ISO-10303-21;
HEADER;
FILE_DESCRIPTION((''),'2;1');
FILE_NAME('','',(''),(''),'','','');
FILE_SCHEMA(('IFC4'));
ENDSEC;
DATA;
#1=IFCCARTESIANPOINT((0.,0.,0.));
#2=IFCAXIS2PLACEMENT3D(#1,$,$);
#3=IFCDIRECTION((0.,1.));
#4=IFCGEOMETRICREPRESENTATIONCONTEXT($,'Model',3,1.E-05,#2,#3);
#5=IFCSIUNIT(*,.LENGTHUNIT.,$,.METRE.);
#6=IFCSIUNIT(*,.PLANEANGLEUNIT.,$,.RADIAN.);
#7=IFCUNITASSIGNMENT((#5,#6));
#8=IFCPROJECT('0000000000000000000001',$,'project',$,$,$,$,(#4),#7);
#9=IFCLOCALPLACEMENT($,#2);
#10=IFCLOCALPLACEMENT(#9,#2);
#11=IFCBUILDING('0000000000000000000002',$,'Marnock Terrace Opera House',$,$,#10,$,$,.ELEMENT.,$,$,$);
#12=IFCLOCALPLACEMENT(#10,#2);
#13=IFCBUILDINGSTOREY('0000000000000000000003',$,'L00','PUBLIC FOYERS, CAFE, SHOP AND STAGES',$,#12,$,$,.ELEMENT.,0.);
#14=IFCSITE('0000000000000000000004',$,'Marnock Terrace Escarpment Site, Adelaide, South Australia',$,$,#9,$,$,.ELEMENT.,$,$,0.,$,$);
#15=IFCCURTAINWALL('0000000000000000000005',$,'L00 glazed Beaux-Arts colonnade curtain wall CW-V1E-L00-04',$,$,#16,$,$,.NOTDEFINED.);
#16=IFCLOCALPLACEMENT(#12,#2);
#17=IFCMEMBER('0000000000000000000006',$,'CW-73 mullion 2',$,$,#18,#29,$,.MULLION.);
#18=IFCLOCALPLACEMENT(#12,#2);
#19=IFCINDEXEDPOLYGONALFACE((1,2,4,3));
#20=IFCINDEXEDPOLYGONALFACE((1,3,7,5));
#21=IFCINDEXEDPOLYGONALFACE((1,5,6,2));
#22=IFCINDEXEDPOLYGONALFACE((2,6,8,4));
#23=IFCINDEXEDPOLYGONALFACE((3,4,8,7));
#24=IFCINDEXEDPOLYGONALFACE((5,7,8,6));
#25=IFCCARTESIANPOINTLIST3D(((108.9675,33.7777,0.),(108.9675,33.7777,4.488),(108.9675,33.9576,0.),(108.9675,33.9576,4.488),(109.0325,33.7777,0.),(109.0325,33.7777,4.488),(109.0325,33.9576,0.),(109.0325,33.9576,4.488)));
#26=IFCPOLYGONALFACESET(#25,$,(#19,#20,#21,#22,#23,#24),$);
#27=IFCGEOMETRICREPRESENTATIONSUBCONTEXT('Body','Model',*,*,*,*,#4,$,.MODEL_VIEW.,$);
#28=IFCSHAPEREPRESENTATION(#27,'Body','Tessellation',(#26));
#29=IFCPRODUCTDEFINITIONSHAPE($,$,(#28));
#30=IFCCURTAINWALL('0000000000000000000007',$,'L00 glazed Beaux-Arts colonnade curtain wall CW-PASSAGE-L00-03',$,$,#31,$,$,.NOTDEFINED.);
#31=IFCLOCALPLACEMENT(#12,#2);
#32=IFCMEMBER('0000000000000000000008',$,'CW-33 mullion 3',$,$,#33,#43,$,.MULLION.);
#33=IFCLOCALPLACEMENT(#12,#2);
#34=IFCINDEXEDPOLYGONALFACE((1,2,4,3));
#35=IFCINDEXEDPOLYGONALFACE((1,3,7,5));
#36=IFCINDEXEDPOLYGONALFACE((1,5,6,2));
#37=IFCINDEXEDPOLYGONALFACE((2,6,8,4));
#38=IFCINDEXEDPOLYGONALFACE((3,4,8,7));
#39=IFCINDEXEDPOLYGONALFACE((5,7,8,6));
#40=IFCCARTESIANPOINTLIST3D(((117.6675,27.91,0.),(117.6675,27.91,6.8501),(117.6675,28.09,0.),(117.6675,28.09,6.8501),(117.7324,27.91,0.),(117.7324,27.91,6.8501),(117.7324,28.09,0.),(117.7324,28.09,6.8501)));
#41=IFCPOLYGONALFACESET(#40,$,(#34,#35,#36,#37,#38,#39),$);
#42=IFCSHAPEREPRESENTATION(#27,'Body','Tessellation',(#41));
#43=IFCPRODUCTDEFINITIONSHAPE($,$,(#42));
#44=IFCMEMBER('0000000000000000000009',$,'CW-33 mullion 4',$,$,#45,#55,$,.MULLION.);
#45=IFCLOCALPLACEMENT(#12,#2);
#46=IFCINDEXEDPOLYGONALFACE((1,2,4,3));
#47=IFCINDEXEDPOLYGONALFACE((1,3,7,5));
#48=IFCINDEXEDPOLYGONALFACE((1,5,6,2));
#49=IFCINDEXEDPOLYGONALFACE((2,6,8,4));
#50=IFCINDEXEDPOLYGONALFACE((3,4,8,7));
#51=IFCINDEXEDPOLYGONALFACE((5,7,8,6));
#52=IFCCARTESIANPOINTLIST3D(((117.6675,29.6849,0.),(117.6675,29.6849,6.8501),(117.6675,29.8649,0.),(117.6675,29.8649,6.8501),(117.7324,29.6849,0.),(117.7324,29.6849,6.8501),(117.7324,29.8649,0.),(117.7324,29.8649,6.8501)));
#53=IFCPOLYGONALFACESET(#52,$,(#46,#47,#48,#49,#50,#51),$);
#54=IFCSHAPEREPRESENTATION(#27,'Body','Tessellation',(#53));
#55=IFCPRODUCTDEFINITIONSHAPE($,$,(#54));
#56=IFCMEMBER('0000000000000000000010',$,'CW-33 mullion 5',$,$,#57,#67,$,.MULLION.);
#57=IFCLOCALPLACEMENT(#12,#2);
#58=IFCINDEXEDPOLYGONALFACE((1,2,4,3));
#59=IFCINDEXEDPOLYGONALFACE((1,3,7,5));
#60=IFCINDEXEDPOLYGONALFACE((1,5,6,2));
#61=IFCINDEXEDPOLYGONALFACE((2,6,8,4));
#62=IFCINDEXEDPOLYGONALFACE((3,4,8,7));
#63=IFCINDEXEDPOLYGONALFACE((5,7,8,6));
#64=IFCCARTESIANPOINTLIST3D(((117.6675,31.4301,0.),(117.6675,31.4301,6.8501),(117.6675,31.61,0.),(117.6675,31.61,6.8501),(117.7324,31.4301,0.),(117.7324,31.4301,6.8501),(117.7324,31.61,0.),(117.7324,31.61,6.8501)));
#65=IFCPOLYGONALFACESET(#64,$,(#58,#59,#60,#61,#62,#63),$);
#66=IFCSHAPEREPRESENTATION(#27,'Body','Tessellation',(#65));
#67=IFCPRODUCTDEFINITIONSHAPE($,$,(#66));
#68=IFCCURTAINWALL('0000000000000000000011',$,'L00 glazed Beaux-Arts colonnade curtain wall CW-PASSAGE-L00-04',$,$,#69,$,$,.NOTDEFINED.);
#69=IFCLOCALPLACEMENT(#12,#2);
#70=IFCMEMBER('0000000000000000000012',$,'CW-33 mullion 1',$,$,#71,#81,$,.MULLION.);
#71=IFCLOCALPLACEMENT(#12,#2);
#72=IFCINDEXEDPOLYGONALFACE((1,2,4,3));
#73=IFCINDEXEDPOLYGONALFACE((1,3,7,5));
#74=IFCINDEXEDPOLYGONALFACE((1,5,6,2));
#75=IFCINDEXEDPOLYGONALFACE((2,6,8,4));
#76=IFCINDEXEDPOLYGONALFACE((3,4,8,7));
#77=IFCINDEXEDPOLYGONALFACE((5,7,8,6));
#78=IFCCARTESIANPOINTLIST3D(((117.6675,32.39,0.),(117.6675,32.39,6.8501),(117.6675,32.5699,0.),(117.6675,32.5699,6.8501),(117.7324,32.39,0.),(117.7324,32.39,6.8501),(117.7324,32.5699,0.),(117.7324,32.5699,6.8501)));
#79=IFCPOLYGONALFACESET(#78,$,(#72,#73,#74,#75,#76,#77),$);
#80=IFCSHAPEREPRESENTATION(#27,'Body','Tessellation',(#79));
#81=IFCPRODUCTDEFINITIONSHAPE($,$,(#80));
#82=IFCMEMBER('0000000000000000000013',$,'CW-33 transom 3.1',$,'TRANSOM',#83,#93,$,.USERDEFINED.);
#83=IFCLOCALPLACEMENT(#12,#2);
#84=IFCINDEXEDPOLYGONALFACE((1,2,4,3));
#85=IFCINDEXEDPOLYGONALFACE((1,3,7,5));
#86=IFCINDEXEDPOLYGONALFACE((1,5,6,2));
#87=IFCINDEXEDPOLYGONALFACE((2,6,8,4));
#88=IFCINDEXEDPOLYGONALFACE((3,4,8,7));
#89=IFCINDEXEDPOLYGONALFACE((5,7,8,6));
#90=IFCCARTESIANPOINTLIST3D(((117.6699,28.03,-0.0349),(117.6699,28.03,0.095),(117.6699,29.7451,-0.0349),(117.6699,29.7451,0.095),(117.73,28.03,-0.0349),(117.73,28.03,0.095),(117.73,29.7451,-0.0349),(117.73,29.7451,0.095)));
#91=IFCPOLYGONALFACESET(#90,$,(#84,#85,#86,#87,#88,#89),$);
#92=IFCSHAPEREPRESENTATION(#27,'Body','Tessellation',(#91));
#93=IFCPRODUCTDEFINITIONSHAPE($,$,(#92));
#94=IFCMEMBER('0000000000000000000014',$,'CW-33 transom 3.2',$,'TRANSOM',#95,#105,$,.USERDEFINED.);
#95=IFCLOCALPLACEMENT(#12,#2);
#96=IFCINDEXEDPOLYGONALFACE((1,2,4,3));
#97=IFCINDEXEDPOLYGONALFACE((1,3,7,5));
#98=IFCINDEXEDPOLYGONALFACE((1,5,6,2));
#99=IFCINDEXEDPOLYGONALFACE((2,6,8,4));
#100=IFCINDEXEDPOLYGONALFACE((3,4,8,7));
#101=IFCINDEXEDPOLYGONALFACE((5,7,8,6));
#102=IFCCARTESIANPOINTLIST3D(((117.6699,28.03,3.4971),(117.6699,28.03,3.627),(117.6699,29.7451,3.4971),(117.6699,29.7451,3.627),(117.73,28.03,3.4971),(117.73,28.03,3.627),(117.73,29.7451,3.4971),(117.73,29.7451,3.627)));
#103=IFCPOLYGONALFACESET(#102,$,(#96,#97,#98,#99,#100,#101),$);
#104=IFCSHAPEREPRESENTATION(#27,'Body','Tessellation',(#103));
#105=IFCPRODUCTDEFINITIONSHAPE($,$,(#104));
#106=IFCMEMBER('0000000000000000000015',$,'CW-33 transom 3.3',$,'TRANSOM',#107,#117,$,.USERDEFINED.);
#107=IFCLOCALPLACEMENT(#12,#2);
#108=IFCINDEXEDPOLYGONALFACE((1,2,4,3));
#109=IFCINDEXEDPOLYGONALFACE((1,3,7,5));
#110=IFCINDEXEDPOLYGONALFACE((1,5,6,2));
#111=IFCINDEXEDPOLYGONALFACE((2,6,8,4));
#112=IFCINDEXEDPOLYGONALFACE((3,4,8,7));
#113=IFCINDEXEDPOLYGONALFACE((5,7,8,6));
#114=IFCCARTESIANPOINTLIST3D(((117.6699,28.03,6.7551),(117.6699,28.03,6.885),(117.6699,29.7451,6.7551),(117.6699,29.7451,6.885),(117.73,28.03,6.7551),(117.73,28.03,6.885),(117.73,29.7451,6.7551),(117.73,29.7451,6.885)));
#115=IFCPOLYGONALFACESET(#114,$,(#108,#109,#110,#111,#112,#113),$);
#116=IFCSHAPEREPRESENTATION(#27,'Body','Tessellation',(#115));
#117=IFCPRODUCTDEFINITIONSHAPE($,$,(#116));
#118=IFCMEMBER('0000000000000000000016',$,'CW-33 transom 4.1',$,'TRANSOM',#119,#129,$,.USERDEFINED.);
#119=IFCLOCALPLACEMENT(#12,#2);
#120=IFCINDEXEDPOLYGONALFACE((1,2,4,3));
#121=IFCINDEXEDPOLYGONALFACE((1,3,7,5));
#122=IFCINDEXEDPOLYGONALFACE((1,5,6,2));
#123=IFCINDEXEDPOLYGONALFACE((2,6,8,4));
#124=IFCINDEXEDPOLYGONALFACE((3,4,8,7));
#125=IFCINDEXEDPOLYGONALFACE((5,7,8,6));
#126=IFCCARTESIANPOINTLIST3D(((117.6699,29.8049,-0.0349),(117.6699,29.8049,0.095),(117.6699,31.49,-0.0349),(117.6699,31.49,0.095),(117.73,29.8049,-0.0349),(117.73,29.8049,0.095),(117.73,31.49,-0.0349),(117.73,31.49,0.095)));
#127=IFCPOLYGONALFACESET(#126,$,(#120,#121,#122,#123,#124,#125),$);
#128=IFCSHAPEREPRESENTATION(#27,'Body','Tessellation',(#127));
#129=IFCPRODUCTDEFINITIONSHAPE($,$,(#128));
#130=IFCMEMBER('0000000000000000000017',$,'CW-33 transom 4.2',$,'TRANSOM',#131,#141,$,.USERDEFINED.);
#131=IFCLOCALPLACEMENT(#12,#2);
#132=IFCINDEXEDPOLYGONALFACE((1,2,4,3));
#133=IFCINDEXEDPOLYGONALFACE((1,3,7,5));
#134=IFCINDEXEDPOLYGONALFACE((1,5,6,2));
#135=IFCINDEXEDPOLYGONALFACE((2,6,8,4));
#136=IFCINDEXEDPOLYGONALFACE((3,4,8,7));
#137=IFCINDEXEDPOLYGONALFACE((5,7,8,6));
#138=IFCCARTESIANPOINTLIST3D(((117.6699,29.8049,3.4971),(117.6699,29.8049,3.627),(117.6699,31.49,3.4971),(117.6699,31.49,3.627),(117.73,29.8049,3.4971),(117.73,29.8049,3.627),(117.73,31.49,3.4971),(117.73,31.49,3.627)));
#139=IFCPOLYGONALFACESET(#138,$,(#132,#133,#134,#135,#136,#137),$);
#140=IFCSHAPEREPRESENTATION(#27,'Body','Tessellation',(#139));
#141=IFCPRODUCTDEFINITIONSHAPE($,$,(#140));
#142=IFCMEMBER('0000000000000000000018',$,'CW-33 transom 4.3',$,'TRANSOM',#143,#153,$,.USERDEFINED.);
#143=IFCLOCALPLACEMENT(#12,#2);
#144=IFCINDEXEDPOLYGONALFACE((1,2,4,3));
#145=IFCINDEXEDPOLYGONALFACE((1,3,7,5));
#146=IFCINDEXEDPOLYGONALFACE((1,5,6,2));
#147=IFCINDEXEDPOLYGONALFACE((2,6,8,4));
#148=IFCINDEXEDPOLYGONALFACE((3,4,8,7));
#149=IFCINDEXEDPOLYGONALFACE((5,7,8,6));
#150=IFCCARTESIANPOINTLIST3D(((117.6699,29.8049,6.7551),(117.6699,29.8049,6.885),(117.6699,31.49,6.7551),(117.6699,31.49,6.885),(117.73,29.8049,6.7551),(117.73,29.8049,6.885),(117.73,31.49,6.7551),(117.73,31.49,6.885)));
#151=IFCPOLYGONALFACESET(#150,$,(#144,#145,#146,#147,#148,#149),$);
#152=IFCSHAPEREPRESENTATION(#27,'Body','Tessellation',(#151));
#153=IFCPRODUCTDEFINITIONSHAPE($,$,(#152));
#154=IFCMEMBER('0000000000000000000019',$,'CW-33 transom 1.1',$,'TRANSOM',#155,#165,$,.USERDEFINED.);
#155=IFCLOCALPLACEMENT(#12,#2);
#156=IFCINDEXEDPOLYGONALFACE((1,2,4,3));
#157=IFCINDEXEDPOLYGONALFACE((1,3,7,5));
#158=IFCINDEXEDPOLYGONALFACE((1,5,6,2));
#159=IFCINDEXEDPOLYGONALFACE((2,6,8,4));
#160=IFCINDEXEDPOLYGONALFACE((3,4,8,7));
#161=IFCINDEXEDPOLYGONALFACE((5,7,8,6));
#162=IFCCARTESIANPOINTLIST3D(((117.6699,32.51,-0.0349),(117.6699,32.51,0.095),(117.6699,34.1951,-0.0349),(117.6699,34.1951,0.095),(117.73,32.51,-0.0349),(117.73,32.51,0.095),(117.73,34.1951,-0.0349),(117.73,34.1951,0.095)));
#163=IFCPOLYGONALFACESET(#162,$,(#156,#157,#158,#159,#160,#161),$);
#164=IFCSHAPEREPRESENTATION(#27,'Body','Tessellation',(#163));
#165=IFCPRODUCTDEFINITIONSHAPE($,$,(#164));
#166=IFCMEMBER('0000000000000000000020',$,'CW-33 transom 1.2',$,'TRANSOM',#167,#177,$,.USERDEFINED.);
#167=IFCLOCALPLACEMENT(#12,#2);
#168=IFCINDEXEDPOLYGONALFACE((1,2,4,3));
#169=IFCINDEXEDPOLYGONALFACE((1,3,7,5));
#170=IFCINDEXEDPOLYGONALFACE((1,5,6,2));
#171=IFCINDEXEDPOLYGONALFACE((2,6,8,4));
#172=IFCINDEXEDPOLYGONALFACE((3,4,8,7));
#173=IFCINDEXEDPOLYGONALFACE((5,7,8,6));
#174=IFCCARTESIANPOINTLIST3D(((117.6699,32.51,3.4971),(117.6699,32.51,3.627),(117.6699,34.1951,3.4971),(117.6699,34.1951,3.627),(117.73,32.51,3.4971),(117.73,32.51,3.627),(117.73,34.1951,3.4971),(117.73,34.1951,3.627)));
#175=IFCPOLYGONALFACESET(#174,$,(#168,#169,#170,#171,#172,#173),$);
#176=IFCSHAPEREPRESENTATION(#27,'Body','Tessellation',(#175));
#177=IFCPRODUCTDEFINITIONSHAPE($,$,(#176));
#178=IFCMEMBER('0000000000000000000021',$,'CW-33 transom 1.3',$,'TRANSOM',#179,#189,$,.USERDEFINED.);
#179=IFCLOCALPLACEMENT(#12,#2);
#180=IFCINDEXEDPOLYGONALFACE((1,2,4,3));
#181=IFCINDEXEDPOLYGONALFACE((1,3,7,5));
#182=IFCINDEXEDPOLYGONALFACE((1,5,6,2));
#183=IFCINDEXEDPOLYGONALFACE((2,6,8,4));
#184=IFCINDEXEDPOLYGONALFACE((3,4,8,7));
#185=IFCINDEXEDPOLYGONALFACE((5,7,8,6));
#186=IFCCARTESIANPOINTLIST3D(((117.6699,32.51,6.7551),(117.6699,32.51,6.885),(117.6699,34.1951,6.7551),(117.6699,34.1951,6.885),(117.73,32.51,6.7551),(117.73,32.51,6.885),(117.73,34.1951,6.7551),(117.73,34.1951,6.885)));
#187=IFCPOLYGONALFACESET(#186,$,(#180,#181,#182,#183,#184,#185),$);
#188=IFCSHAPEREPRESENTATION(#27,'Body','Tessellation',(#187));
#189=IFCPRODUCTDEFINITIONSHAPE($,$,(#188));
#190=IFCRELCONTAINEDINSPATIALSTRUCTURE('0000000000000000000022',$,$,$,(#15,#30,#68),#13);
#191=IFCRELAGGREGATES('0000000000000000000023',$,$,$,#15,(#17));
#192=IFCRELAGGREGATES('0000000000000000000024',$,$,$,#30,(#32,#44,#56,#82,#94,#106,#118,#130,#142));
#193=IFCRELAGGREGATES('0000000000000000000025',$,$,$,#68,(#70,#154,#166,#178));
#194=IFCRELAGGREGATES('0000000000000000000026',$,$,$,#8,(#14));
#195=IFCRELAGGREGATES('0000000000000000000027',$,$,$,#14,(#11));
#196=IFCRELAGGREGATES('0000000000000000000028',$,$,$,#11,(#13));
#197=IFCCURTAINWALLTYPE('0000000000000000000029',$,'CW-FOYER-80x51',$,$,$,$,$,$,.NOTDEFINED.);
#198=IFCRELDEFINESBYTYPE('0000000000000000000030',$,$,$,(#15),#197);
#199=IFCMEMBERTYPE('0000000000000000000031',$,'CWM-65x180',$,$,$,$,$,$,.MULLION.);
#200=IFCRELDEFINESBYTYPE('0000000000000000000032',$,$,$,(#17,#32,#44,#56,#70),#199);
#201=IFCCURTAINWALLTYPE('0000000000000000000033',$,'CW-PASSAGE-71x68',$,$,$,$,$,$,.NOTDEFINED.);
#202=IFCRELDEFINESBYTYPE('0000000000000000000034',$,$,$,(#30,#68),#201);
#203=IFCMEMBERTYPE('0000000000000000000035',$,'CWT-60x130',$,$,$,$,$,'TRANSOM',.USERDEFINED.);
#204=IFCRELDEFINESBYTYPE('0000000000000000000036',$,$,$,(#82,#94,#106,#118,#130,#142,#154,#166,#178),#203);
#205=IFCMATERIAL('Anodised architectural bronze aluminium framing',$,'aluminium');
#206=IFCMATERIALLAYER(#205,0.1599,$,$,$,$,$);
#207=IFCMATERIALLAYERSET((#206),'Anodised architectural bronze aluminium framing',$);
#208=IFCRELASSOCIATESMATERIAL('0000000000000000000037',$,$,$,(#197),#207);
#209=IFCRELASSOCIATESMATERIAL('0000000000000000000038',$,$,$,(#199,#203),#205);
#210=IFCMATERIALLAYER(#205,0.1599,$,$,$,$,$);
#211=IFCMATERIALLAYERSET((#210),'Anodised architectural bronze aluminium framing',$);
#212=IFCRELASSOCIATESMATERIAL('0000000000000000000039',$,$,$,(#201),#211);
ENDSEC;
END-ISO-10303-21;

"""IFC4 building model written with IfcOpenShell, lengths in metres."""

from ifc_helpers import new_model, si_unit, direction, frame, origin, origin_2d, place, context, subcontext, project, spatial, rectangle, extrude, material, layer, layer_set, material_profile, profile_set, type_object, element, aggregate, save


model = new_model("IFC4")

# Units and contexts
model_context = context("Model", 3, precision=1e-05, world=origin(), true_north=direction((0.0, 1.0)))
body_context = subcontext(model_context, "Body", "Model", "MODEL_VIEW")
ifc_project = project(units=[si_unit("LENGTHUNIT", "METRE"), si_unit("PLANEANGLEUNIT", "RADIAN")], contexts=[model_context])

# Site, building, storey
site_placement = place(None, origin())
site = spatial("IfcSite", under=ifc_project, at=site_placement, Name="Marnock Terrace Escarpment Site, Adelaide, South Australia", CompositionType="ELEMENT", RefElevation=0.0)
building_placement = place(site_placement, origin())
building = spatial("IfcBuilding", under=site, at=building_placement, Name="Marnock Terrace Opera House", CompositionType="ELEMENT")
storey_placement = place(building_placement, origin())
storey = spatial("IfcBuildingStorey", under=building, at=storey_placement, Name="L00", Description="PUBLIC FOYERS, CAFE, SHOP AND STAGES", CompositionType="ELEMENT", Elevation=0.0)

# Curtain wall, member
ifc_material_1 = material(Name="Anodised architectural bronze aluminium framing", Category="aluminium")
ifc_layer_1 = layer(ifc_material_1, 0.1599)
ifc_layer_set_1 = layer_set([ifc_layer_1], Name="Anodised architectural bronze aluminium framing")
curtain_wall_type_1 = type_object("IfcCurtainWallType", Name="CW-FOYER-80x51", PredefinedType="NOTDEFINED", material=ifc_layer_set_1)
curtain_wall_1_placement = place(storey_placement, origin())
curtain_wall_1 = element("IfcCurtainWall", 1, at=curtain_wall_1_placement, inside=storey, type_object=curtain_wall_type_1, Name="L00 glazed Beaux-Arts colonnade curtain wall CW-V1E-L00-04", PredefinedType="NOTDEFINED")
ifc_material_profile_1 = material_profile(ifc_material_1, rectangle(XDim=0.0649, YDim=0.1799, at=origin_2d()))
ifc_profile_set_1 = profile_set([ifc_material_profile_1], Name="Anodised architectural bronze aluminium framing")
member_type_1 = type_object("IfcMemberType", Name="CWM-65x180", PredefinedType="MULLION", material=ifc_profile_set_1)
member_1_placement = place(storey_placement, frame((109.0, 33.8677, 0.0), z_axis=(0.0, 0.0, 1.0), x_axis=(-1.0, 0.0, 0.0)))
member_1 = element("IfcMember", 2, at=member_1_placement, type_object=member_type_1, Name="CW-73 mullion 2", PredefinedType="MULLION", context=body_context, shape_type="SweptSolid", body=[
    extrude(rectangle(XDim=0.0649, YDim=0.1799, at=origin_2d()), origin(), (0.0, 0.0, 1.0), 4.488),
])

# Curtain wall, members
ifc_layer_2 = layer(ifc_material_1, 0.1599)
ifc_layer_set_2 = layer_set([ifc_layer_2], Name="Anodised architectural bronze aluminium framing")
curtain_wall_type_2 = type_object("IfcCurtainWallType", Name="CW-PASSAGE-71x68", PredefinedType="NOTDEFINED", material=ifc_layer_set_2)
curtain_wall_2_placement = place(storey_placement, origin())
curtain_wall_2 = element("IfcCurtainWall", 3, at=curtain_wall_2_placement, inside=storey, type_object=curtain_wall_type_2, Name="L00 glazed Beaux-Arts colonnade curtain wall CW-PASSAGE-L00-03", PredefinedType="NOTDEFINED")
member_2_placement = place(storey_placement, frame((117.7, 28.0, 0.0), z_axis=(0.0, 0.0, 1.0), x_axis=(-1.0, 0.0, 0.0)))
member_2 = element("IfcMember", 4, at=member_2_placement, type_object=member_type_1, Name="CW-33 mullion 3", PredefinedType="MULLION", context=body_context, shape_type="SweptSolid", body=[
    extrude(rectangle(XDim=0.0649, YDim=0.1799, at=origin_2d()), origin(), (0.0, 0.0, 1.0), 6.8501),
])
member_3_placement = place(storey_placement, frame((117.7, 29.7749, 0.0), z_axis=(0.0, 0.0, 1.0), x_axis=(-1.0, 0.0, 0.0)))
member_3 = element("IfcMember", 5, at=member_3_placement, type_object=member_type_1, Name="CW-33 mullion 4", PredefinedType="MULLION", context=body_context, shape_type="SweptSolid", body=[
    extrude(rectangle(XDim=0.0649, YDim=0.1799, at=origin_2d()), origin(), (0.0, 0.0, 1.0), 6.8501),
])
member_4_placement = place(storey_placement, frame((117.7, 31.52, 0.0), z_axis=(0.0, 0.0, 1.0), x_axis=(-1.0, 0.0, 0.0)))
member_4 = element("IfcMember", 6, at=member_4_placement, type_object=member_type_1, Name="CW-33 mullion 5", PredefinedType="MULLION", context=body_context, shape_type="SweptSolid", body=[
    extrude(rectangle(XDim=0.0649, YDim=0.1799, at=origin_2d()), origin(), (0.0, 0.0, 1.0), 6.8501),
])

# Curtain wall, member
curtain_wall_3_placement = place(storey_placement, origin())
curtain_wall_3 = element("IfcCurtainWall", 7, at=curtain_wall_3_placement, inside=storey, type_object=curtain_wall_type_2, Name="L00 glazed Beaux-Arts colonnade curtain wall CW-PASSAGE-L00-04", PredefinedType="NOTDEFINED")
member_5_placement = place(storey_placement, frame((117.7, 32.48, 0.0), z_axis=(0.0, 0.0, 1.0), x_axis=(-1.0, 0.0, 0.0)))
member_5 = element("IfcMember", 8, at=member_5_placement, type_object=member_type_1, Name="CW-33 mullion 1", PredefinedType="MULLION", context=body_context, shape_type="SweptSolid", body=[
    extrude(rectangle(XDim=0.0649, YDim=0.1799, at=origin_2d()), origin(), (0.0, 0.0, 1.0), 6.8501),
])

# Members
ifc_material_profile_2 = material_profile(ifc_material_1, rectangle(XDim=0.0601, YDim=0.1299, at=origin_2d()))
ifc_profile_set_2 = profile_set([ifc_material_profile_2], Name="Anodised architectural bronze aluminium framing")
member_type_2 = type_object("IfcMemberType", Name="CWT-60x130", ElementType="TRANSOM", PredefinedType="USERDEFINED", material=ifc_profile_set_2)
member_6_placement = place(storey_placement, frame((117.7, 28.03, 0.03), z_axis=(0.0, 1.0, 0.0), x_axis=(-1.0, 0.0, 0.0)))
member_6 = element("IfcMember", 9, at=member_6_placement, type_object=member_type_2, Name="CW-33 transom 3.1", ObjectType="TRANSOM", PredefinedType="USERDEFINED", context=body_context, shape_type="SweptSolid", body=[
    extrude(rectangle(XDim=0.0601, YDim=0.1299, at=origin_2d()), origin(), (0.0, 0.0, 1.0), 1.7151),
])
member_7_placement = place(storey_placement, frame((117.7, 28.03, 3.562), z_axis=(0.0, 1.0, 0.0), x_axis=(-1.0, 0.0, 0.0)))
member_7 = element("IfcMember", 10, at=member_7_placement, type_object=member_type_2, Name="CW-33 transom 3.2", ObjectType="TRANSOM", PredefinedType="USERDEFINED", context=body_context, shape_type="SweptSolid", body=[
    extrude(rectangle(XDim=0.0601, YDim=0.1299, at=origin_2d()), origin(), (0.0, 0.0, 1.0), 1.7151),
])
member_8_placement = place(storey_placement, frame((117.7, 28.03, 6.8201), z_axis=(0.0, 1.0, 0.0), x_axis=(-1.0, 0.0, 0.0)))
member_8 = element("IfcMember", 11, at=member_8_placement, type_object=member_type_2, Name="CW-33 transom 3.3", ObjectType="TRANSOM", PredefinedType="USERDEFINED", context=body_context, shape_type="SweptSolid", body=[
    extrude(rectangle(XDim=0.0601, YDim=0.1299, at=origin_2d()), origin(), (0.0, 0.0, 1.0), 1.7151),
])
member_9_placement = place(storey_placement, frame((117.7, 29.8049, 0.03), z_axis=(0.0, 1.0, 0.0), x_axis=(-1.0, 0.0, 0.0)))
member_9 = element("IfcMember", 12, at=member_9_placement, type_object=member_type_2, Name="CW-33 transom 4.1", ObjectType="TRANSOM", PredefinedType="USERDEFINED", context=body_context, shape_type="SweptSolid", body=[
    extrude(rectangle(XDim=0.0601, YDim=0.1299, at=origin_2d()), origin(), (0.0, 0.0, 1.0), 1.6851),
])
member_10_placement = place(storey_placement, frame((117.7, 29.8049, 3.562), z_axis=(0.0, 1.0, 0.0), x_axis=(-1.0, 0.0, 0.0)))
member_10 = element("IfcMember", 13, at=member_10_placement, type_object=member_type_2, Name="CW-33 transom 4.2", ObjectType="TRANSOM", PredefinedType="USERDEFINED", context=body_context, shape_type="SweptSolid", body=[
    extrude(rectangle(XDim=0.0601, YDim=0.1299, at=origin_2d()), origin(), (0.0, 0.0, 1.0), 1.6851),
])
member_11_placement = place(storey_placement, frame((117.7, 29.8049, 6.8201), z_axis=(0.0, 1.0, 0.0), x_axis=(-1.0, 0.0, 0.0)))
member_11 = element("IfcMember", 14, at=member_11_placement, type_object=member_type_2, Name="CW-33 transom 4.3", ObjectType="TRANSOM", PredefinedType="USERDEFINED", context=body_context, shape_type="SweptSolid", body=[
    extrude(rectangle(XDim=0.0601, YDim=0.1299, at=origin_2d()), origin(), (0.0, 0.0, 1.0), 1.6851),
])
member_12_placement = place(storey_placement, frame((117.7, 32.51, 0.03), z_axis=(0.0, 1.0, 0.0), x_axis=(-1.0, 0.0, 0.0)))
member_12 = element("IfcMember", 15, at=member_12_placement, type_object=member_type_2, Name="CW-33 transom 1.1", ObjectType="TRANSOM", PredefinedType="USERDEFINED", context=body_context, shape_type="SweptSolid", body=[
    extrude(rectangle(XDim=0.0601, YDim=0.1299, at=origin_2d()), origin(), (0.0, 0.0, 1.0), 1.6851),
])
member_13_placement = place(storey_placement, frame((117.7, 32.51, 3.562), z_axis=(0.0, 1.0, 0.0), x_axis=(-1.0, 0.0, 0.0)))
member_13 = element("IfcMember", 16, at=member_13_placement, type_object=member_type_2, Name="CW-33 transom 1.2", ObjectType="TRANSOM", PredefinedType="USERDEFINED", context=body_context, shape_type="SweptSolid", body=[
    extrude(rectangle(XDim=0.0601, YDim=0.1299, at=origin_2d()), origin(), (0.0, 0.0, 1.0), 1.6851),
])
member_14_placement = place(storey_placement, frame((117.7, 32.51, 6.8201), z_axis=(0.0, 1.0, 0.0), x_axis=(-1.0, 0.0, 0.0)))
member_14 = element("IfcMember", 17, at=member_14_placement, type_object=member_type_2, Name="CW-33 transom 1.3", ObjectType="TRANSOM", PredefinedType="USERDEFINED", context=body_context, shape_type="SweptSolid", body=[
    extrude(rectangle(XDim=0.0601, YDim=0.1299, at=origin_2d()), origin(), (0.0, 0.0, 1.0), 1.6851),
])

aggregate(curtain_wall_1, [member_1])
aggregate(curtain_wall_2, [member_2, member_3, member_4, member_6, member_7, member_8, member_9, member_10, member_11])
aggregate(curtain_wall_3, [member_5, member_12, member_13, member_14])

save(model, "model.ifc")
